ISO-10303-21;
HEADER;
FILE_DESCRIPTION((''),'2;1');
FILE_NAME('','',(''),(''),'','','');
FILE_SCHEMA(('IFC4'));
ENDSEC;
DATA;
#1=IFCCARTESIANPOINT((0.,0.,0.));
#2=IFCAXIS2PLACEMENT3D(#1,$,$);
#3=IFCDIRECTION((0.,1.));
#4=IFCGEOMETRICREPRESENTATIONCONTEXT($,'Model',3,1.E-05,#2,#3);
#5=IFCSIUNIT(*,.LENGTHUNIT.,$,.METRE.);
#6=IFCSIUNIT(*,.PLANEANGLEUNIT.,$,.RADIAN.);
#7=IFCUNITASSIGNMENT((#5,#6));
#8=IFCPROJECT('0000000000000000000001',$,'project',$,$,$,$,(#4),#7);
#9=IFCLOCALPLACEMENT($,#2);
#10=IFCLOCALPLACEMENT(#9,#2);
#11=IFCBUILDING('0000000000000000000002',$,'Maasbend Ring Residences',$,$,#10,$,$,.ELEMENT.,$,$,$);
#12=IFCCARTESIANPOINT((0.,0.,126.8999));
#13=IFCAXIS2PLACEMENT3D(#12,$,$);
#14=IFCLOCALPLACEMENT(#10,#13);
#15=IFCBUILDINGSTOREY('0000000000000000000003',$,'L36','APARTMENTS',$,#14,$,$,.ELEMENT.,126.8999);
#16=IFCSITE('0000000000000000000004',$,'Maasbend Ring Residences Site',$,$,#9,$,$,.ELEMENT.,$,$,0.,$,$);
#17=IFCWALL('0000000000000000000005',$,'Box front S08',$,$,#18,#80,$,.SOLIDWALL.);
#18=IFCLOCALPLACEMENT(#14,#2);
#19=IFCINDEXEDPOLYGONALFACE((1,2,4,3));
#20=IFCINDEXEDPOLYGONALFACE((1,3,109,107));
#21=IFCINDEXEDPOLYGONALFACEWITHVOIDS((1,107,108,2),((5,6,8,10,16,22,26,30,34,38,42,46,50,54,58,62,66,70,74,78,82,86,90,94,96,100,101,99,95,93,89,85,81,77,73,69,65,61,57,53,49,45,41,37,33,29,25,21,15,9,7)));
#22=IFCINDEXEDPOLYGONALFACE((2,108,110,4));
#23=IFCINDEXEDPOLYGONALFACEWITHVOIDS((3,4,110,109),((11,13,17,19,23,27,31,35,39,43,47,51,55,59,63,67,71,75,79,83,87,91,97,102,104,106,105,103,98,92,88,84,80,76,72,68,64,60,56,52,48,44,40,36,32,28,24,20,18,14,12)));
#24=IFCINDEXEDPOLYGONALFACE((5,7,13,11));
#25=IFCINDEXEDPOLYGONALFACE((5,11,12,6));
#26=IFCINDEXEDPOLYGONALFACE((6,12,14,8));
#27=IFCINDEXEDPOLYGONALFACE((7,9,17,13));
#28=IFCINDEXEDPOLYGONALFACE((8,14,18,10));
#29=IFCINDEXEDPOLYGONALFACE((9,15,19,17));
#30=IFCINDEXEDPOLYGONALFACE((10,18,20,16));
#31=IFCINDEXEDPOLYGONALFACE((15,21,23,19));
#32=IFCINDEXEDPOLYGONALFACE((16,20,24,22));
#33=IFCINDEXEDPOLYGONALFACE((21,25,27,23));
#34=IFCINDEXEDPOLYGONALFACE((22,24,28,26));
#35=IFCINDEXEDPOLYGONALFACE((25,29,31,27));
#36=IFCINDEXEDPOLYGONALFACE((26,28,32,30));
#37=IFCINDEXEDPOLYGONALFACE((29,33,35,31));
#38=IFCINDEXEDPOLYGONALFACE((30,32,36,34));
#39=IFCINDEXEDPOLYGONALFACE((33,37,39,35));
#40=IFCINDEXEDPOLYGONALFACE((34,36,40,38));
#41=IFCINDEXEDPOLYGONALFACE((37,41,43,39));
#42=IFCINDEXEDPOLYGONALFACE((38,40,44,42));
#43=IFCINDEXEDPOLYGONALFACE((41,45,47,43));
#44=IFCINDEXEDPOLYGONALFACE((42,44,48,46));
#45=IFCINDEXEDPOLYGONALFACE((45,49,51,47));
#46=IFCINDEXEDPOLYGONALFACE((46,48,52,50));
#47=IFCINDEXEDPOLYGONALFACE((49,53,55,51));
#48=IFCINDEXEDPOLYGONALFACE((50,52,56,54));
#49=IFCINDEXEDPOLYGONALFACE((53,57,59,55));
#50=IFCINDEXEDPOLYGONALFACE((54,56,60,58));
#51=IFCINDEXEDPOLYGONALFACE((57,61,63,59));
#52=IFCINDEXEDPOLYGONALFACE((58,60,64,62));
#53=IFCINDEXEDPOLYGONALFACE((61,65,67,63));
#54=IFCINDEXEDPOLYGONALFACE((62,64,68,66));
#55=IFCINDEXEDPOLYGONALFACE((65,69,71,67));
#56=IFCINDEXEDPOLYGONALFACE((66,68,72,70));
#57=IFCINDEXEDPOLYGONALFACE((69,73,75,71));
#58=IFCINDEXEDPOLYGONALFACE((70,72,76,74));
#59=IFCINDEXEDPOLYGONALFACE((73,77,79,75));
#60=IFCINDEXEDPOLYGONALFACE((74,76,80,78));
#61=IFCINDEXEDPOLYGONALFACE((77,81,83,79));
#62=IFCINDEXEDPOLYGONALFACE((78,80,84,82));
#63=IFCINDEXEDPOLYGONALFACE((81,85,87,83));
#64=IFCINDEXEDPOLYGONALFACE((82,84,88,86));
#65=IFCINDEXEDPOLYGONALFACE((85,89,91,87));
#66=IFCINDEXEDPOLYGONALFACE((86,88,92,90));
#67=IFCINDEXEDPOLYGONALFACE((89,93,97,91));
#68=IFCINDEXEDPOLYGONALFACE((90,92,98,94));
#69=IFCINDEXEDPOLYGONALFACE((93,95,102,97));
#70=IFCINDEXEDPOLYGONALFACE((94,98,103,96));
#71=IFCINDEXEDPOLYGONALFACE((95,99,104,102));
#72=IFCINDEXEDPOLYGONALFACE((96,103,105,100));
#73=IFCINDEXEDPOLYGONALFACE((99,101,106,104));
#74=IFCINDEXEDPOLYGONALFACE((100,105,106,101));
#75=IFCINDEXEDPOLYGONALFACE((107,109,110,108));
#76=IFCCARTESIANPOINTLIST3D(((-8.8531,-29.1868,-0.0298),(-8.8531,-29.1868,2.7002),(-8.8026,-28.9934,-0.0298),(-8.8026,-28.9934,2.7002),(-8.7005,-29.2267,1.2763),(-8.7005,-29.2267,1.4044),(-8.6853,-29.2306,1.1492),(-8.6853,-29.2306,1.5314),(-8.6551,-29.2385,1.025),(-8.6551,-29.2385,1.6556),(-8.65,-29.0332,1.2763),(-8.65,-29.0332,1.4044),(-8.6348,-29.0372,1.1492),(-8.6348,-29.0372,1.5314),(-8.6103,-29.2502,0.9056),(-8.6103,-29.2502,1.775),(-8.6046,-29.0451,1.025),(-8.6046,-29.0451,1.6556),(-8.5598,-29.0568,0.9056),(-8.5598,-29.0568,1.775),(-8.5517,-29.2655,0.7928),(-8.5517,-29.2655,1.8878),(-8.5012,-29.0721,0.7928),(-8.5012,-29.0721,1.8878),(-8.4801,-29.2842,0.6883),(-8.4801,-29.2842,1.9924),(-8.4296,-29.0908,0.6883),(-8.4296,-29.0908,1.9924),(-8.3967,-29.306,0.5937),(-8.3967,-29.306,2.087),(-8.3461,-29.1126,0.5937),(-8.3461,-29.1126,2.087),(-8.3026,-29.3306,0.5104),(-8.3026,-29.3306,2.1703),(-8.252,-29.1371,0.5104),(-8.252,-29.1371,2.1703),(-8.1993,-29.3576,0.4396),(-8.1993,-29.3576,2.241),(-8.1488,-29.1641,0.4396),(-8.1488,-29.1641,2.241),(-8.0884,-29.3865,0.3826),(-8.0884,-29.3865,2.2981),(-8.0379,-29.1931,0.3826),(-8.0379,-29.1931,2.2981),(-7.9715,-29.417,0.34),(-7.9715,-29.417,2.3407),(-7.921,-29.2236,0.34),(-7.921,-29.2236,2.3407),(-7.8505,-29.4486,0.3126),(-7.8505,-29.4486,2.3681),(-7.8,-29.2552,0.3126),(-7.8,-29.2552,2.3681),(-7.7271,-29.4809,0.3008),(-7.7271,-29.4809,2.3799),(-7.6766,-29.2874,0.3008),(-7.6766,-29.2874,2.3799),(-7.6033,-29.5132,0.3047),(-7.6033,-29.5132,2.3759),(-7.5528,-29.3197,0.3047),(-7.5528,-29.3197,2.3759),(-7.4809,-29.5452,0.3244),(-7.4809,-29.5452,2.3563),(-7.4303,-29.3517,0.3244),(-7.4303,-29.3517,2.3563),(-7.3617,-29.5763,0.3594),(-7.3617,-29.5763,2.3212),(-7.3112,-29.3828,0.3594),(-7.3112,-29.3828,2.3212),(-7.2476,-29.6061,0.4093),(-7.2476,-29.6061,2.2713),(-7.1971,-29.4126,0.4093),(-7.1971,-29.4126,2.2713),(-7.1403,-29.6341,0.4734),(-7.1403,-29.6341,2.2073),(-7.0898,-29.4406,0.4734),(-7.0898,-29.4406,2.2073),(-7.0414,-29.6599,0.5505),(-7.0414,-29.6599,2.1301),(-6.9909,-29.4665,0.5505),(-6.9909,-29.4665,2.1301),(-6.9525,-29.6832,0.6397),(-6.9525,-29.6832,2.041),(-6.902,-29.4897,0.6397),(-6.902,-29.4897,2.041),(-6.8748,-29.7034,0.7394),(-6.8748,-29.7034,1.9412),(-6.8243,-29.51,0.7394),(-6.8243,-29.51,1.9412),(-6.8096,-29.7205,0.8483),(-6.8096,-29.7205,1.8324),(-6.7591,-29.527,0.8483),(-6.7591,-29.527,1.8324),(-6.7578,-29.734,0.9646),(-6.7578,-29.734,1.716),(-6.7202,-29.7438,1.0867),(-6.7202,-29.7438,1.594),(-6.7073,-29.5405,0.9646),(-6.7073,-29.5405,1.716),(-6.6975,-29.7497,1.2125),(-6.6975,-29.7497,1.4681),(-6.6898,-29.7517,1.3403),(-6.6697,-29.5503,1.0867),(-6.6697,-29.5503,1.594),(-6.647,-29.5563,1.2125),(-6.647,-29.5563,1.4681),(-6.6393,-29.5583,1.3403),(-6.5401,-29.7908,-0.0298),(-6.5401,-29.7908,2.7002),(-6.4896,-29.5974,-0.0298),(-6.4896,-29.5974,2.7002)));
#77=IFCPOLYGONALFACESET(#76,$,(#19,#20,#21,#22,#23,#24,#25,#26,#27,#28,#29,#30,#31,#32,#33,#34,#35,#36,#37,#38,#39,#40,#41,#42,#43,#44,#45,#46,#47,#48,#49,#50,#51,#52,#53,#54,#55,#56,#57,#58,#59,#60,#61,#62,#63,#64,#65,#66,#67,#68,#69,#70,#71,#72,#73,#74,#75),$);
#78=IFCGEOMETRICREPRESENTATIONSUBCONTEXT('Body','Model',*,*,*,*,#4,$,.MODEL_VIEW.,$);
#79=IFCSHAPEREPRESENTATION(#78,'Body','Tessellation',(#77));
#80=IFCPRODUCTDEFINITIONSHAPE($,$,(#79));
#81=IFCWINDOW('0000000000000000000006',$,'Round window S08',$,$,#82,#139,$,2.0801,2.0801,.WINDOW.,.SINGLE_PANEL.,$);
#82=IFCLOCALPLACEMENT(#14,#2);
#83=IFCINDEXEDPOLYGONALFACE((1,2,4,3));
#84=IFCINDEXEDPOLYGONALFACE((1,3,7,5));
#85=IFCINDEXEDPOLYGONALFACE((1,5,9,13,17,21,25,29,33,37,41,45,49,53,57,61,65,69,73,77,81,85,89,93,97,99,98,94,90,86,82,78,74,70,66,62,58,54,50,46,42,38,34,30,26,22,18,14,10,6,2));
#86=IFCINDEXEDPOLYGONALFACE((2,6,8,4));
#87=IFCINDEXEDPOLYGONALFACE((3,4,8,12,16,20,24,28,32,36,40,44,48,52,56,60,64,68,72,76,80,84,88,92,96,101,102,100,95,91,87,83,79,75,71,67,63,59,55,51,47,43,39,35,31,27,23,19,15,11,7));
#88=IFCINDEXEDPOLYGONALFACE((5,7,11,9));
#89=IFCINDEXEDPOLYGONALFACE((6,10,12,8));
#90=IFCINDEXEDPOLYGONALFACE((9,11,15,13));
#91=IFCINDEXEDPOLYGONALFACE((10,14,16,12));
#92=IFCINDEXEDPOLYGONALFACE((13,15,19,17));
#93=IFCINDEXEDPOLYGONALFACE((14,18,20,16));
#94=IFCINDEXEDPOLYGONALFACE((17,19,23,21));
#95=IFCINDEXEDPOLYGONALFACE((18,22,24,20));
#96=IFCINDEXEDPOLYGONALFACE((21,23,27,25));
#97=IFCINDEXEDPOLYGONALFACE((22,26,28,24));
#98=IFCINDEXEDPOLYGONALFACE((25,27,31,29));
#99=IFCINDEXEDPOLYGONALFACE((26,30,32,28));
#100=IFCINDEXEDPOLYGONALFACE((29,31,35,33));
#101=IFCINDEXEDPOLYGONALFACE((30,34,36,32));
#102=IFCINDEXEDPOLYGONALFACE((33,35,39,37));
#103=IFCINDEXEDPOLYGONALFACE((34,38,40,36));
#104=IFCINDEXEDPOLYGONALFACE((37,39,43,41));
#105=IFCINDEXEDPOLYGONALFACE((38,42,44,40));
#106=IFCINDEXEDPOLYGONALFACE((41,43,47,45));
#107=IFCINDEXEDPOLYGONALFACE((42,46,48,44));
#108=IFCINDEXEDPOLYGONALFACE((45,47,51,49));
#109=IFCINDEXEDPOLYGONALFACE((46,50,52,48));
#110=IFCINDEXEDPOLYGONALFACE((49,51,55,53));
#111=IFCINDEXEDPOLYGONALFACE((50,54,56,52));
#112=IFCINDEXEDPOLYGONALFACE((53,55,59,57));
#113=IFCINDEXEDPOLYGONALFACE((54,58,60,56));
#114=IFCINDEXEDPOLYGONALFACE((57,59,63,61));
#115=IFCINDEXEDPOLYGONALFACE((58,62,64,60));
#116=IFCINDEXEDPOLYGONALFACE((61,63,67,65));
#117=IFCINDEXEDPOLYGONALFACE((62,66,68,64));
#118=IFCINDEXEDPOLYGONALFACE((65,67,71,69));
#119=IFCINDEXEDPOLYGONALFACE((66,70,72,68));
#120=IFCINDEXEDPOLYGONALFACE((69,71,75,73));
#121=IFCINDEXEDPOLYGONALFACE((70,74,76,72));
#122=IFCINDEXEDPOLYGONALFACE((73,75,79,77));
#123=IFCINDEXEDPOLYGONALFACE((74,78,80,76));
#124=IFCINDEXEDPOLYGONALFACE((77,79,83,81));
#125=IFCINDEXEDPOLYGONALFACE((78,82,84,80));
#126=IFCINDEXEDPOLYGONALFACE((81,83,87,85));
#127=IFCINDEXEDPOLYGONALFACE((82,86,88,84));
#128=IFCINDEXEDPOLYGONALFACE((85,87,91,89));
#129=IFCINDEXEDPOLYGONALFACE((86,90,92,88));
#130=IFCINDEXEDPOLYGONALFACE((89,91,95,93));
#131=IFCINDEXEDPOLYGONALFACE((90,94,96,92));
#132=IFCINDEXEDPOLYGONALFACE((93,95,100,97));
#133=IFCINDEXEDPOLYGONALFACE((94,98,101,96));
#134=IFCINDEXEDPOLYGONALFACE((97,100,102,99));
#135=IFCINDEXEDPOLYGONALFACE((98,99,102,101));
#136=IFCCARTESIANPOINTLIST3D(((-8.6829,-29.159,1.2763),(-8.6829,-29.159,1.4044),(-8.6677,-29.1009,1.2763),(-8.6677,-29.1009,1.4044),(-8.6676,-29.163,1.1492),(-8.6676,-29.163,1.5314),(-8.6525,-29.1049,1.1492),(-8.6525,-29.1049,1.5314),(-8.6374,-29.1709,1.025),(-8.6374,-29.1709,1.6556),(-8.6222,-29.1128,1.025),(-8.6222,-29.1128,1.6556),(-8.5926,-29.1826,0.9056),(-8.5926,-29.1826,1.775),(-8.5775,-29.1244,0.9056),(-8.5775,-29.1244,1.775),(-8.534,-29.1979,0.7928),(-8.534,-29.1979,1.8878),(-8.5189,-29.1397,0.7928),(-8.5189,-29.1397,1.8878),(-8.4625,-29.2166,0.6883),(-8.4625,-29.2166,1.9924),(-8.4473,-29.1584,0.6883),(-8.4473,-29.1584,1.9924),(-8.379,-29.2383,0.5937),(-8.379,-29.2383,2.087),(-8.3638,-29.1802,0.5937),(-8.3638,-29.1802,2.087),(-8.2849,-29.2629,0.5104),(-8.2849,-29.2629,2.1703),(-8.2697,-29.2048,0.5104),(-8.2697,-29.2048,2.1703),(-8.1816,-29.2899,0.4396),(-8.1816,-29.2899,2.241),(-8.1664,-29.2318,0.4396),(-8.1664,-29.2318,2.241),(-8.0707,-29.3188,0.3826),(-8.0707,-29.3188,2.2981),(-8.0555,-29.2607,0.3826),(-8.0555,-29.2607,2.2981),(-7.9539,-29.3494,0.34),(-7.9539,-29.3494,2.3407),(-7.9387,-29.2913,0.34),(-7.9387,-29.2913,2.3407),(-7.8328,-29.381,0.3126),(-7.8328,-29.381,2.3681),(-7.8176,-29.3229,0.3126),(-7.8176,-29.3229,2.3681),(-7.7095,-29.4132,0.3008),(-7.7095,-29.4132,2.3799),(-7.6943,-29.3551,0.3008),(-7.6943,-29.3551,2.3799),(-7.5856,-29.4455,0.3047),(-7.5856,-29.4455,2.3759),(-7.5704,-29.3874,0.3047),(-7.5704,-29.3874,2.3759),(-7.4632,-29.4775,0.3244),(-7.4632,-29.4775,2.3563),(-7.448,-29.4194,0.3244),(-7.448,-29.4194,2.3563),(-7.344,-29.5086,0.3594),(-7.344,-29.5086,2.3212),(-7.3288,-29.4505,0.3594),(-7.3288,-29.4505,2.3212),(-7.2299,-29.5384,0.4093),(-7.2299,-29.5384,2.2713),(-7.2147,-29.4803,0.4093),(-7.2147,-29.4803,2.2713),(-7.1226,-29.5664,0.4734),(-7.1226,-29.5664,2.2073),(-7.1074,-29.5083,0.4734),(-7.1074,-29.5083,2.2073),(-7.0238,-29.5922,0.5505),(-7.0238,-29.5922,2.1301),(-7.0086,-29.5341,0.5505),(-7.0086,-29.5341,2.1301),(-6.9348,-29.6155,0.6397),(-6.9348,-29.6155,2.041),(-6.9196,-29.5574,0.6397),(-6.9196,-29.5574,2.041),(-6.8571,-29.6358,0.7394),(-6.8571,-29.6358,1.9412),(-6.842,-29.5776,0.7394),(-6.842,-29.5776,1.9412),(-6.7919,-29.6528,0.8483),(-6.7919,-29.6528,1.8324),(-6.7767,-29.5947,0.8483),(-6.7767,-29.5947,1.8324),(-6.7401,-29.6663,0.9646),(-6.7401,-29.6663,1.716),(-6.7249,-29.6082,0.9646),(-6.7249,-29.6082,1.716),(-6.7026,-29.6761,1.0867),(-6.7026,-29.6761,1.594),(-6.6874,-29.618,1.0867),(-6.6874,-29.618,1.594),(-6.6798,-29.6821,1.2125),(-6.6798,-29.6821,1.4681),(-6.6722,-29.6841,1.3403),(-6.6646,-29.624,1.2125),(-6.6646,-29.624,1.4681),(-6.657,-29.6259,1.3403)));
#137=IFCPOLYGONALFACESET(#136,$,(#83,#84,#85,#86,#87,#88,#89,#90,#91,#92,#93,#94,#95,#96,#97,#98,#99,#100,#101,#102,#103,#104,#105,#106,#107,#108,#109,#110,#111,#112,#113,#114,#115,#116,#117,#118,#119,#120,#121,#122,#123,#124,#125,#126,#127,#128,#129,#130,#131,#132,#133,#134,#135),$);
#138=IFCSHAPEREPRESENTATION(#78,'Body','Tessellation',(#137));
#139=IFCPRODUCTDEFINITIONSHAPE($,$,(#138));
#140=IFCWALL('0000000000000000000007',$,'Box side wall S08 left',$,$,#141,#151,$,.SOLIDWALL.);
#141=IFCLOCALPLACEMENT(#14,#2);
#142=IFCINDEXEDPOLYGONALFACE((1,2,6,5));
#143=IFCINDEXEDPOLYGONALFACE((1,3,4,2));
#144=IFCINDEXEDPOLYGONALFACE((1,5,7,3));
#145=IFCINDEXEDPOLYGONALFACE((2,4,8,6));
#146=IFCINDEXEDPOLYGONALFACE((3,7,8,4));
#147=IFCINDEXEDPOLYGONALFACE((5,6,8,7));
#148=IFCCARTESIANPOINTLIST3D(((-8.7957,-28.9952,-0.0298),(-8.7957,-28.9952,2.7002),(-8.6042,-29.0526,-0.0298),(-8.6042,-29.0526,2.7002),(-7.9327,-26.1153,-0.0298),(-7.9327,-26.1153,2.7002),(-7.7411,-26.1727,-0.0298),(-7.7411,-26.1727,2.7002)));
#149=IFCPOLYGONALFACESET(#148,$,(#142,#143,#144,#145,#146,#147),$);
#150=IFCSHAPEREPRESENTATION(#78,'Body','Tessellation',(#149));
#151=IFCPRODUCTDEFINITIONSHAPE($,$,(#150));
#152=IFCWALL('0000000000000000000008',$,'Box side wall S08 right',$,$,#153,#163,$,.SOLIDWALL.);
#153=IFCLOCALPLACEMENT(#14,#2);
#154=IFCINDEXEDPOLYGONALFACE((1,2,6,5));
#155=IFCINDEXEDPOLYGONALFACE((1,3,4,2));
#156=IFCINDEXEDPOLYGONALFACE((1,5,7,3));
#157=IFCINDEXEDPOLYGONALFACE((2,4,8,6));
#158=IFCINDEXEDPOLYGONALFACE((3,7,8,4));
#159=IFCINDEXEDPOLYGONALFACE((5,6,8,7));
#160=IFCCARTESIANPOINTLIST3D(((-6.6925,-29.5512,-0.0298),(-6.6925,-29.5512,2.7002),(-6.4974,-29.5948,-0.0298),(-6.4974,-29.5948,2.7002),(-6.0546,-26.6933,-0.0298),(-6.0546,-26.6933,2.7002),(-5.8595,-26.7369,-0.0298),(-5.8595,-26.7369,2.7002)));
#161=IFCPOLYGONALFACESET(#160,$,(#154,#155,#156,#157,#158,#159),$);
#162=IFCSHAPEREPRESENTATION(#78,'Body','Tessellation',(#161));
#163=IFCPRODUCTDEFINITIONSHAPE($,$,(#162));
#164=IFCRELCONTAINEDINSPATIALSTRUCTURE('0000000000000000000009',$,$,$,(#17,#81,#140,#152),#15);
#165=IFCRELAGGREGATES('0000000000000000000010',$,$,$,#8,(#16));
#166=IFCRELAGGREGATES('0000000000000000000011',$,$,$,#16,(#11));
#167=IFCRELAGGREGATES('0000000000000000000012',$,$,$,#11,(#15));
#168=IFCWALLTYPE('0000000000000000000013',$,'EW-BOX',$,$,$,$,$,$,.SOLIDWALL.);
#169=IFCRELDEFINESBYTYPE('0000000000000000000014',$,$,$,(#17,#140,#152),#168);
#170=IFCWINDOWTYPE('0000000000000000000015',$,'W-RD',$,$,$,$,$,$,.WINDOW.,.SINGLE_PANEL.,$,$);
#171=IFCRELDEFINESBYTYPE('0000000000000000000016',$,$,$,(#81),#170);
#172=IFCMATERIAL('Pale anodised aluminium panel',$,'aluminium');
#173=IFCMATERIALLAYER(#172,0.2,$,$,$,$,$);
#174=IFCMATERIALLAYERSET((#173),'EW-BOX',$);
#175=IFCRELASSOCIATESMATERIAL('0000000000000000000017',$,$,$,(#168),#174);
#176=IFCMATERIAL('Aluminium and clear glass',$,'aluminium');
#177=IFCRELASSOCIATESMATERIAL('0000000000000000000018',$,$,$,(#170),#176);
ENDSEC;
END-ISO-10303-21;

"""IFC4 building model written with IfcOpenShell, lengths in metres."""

from ifc_helpers import new_model, si_unit, direction, frame, frame_2d, origin, place, context, subcontext, project, spatial, rectangle, circle, extrude, material, layer, layer_set, type_object, element, fill, save


model = new_model("IFC4")

# Units and contexts
model_context = context("Model", 3, precision=1e-05, world=origin(), true_north=direction((0.0, 1.0)))
body_context = subcontext(model_context, "Body", "Model", "MODEL_VIEW")
ifc_project = project(units=[si_unit("LENGTHUNIT", "METRE"), si_unit("PLANEANGLEUNIT", "RADIAN")], contexts=[model_context])

# Site, building, storey
site_placement = place(None, origin())
site = spatial("IfcSite", under=ifc_project, at=site_placement, Name="Maasbend Ring Residences Site", CompositionType="ELEMENT", RefElevation=0.0)
building_placement = place(site_placement, origin())
building = spatial("IfcBuilding", under=site, at=building_placement, Name="Maasbend Ring Residences", CompositionType="ELEMENT")
storey_placement = place(building_placement, frame((0.0, 0.0, 126.8999)))
storey = spatial("IfcBuildingStorey", under=building, at=storey_placement, Name="L36", Description="APARTMENTS", CompositionType="ELEMENT", Elevation=126.8999)

# Wall, opening, window
ifc_material_1 = material(Name="Pale anodised aluminium panel", Category="aluminium")
ifc_layer_1 = layer(ifc_material_1, 0.2)
ifc_layer_set_1 = layer_set([ifc_layer_1], Name="EW-BOX")
wall_type_1 = type_object("IfcWallType", Name="EW-BOX", PredefinedType="SOLIDWALL", material=ifc_layer_set_1)
wall_1_placement = place(storey_placement, frame((-8.8279, -29.0901, -0.0298), z_axis=(0.0, 0.0, 1.0), x_axis=(0.967554, -0.252663, 0.0)))
wall_1 = element("IfcWall", 1, at=wall_1_placement, inside=storey, type_object=wall_type_1, Name="Box front S08", PredefinedType="SOLIDWALL", context=body_context, shape_type="SweptSolid", body=[
    extrude(rectangle(XDim=2.3906, YDim=0.2, at=frame_2d((1.1953, 0.0))), origin(), (0.0, 0.0, 1.0), 2.73),
])
opening_1_placement = place(wall_1_placement, frame((0.1558, 0.0, 0.3301)))
opening_1 = element("IfcOpeningElement", 2, at=opening_1_placement, cuts=wall_1, PredefinedType="OPENING", context=body_context, shape_type="SweptSolid", body=[
    extrude(circle(Radius=1.04, at=frame_2d((1.04, 1.04))), frame((0.0, 0.1099, 0.0), z_axis=(0.0, -1.0, 0.0), x_axis=(1.0, 0.0, 0.0)), (0.0, 0.0, 1.0), 0.22),
])
ifc_material_2 = material(Name="Aluminium and clear glass", Category="aluminium")
window_type_1 = type_object("IfcWindowType", Name="W-RD", PartitioningType="SINGLE_PANEL", PredefinedType="WINDOW", material=ifc_material_2)
window_1_placement = place(opening_1_placement, origin())
window_1 = element("IfcWindow", 3, at=window_1_placement, inside=storey, type_object=window_type_1, Name="Round window S08", OverallHeight=2.0801, OverallWidth=2.0801, PartitioningType="SINGLE_PANEL", PredefinedType="WINDOW", context=body_context, shape_type="SweptSolid", body=[
    extrude(circle(Radius=1.04, at=frame_2d((1.04, 1.04))), frame((0.0, 0.03, 0.0), z_axis=(0.0, -1.0, 0.0), x_axis=(1.0, 0.0, 0.0)), (0.0, 0.0, 1.0), 0.0601),
])
fill(opening_1, window_1)

# Walls
wall_2_placement = place(storey_placement, frame((-7.8369, -26.144, -0.0298), z_axis=(0.0, 0.0, 1.0), x_axis=(-0.287065, -0.957911, 0.0)))
element("IfcWall", 4, at=wall_2_placement, inside=storey, type_object=wall_type_1, Name="Box side wall S08 left", PredefinedType="SOLIDWALL", context=body_context, shape_type="SweptSolid", body=[
    extrude(rectangle(XDim=3.0063, YDim=0.2, at=frame_2d((1.5032, 0.0))), origin(), (0.0, 0.0, 1.0), 2.73),
])
wall_3_placement = place(storey_placement, frame((-5.957, -26.7151, -0.0298), z_axis=(0.0, 0.0, 1.0), x_axis=(-0.217857, -0.975981, 0.0)))
element("IfcWall", 5, at=wall_3_placement, inside=storey, type_object=wall_type_1, Name="Box side wall S08 right", PredefinedType="SOLIDWALL", context=body_context, shape_type="SweptSolid", body=[
    extrude(rectangle(XDim=2.9282, YDim=0.2, at=frame_2d((1.4641, 0.0))), origin(), (0.0, 0.0, 1.0), 2.73),
])

save(model, "model.ifc")
